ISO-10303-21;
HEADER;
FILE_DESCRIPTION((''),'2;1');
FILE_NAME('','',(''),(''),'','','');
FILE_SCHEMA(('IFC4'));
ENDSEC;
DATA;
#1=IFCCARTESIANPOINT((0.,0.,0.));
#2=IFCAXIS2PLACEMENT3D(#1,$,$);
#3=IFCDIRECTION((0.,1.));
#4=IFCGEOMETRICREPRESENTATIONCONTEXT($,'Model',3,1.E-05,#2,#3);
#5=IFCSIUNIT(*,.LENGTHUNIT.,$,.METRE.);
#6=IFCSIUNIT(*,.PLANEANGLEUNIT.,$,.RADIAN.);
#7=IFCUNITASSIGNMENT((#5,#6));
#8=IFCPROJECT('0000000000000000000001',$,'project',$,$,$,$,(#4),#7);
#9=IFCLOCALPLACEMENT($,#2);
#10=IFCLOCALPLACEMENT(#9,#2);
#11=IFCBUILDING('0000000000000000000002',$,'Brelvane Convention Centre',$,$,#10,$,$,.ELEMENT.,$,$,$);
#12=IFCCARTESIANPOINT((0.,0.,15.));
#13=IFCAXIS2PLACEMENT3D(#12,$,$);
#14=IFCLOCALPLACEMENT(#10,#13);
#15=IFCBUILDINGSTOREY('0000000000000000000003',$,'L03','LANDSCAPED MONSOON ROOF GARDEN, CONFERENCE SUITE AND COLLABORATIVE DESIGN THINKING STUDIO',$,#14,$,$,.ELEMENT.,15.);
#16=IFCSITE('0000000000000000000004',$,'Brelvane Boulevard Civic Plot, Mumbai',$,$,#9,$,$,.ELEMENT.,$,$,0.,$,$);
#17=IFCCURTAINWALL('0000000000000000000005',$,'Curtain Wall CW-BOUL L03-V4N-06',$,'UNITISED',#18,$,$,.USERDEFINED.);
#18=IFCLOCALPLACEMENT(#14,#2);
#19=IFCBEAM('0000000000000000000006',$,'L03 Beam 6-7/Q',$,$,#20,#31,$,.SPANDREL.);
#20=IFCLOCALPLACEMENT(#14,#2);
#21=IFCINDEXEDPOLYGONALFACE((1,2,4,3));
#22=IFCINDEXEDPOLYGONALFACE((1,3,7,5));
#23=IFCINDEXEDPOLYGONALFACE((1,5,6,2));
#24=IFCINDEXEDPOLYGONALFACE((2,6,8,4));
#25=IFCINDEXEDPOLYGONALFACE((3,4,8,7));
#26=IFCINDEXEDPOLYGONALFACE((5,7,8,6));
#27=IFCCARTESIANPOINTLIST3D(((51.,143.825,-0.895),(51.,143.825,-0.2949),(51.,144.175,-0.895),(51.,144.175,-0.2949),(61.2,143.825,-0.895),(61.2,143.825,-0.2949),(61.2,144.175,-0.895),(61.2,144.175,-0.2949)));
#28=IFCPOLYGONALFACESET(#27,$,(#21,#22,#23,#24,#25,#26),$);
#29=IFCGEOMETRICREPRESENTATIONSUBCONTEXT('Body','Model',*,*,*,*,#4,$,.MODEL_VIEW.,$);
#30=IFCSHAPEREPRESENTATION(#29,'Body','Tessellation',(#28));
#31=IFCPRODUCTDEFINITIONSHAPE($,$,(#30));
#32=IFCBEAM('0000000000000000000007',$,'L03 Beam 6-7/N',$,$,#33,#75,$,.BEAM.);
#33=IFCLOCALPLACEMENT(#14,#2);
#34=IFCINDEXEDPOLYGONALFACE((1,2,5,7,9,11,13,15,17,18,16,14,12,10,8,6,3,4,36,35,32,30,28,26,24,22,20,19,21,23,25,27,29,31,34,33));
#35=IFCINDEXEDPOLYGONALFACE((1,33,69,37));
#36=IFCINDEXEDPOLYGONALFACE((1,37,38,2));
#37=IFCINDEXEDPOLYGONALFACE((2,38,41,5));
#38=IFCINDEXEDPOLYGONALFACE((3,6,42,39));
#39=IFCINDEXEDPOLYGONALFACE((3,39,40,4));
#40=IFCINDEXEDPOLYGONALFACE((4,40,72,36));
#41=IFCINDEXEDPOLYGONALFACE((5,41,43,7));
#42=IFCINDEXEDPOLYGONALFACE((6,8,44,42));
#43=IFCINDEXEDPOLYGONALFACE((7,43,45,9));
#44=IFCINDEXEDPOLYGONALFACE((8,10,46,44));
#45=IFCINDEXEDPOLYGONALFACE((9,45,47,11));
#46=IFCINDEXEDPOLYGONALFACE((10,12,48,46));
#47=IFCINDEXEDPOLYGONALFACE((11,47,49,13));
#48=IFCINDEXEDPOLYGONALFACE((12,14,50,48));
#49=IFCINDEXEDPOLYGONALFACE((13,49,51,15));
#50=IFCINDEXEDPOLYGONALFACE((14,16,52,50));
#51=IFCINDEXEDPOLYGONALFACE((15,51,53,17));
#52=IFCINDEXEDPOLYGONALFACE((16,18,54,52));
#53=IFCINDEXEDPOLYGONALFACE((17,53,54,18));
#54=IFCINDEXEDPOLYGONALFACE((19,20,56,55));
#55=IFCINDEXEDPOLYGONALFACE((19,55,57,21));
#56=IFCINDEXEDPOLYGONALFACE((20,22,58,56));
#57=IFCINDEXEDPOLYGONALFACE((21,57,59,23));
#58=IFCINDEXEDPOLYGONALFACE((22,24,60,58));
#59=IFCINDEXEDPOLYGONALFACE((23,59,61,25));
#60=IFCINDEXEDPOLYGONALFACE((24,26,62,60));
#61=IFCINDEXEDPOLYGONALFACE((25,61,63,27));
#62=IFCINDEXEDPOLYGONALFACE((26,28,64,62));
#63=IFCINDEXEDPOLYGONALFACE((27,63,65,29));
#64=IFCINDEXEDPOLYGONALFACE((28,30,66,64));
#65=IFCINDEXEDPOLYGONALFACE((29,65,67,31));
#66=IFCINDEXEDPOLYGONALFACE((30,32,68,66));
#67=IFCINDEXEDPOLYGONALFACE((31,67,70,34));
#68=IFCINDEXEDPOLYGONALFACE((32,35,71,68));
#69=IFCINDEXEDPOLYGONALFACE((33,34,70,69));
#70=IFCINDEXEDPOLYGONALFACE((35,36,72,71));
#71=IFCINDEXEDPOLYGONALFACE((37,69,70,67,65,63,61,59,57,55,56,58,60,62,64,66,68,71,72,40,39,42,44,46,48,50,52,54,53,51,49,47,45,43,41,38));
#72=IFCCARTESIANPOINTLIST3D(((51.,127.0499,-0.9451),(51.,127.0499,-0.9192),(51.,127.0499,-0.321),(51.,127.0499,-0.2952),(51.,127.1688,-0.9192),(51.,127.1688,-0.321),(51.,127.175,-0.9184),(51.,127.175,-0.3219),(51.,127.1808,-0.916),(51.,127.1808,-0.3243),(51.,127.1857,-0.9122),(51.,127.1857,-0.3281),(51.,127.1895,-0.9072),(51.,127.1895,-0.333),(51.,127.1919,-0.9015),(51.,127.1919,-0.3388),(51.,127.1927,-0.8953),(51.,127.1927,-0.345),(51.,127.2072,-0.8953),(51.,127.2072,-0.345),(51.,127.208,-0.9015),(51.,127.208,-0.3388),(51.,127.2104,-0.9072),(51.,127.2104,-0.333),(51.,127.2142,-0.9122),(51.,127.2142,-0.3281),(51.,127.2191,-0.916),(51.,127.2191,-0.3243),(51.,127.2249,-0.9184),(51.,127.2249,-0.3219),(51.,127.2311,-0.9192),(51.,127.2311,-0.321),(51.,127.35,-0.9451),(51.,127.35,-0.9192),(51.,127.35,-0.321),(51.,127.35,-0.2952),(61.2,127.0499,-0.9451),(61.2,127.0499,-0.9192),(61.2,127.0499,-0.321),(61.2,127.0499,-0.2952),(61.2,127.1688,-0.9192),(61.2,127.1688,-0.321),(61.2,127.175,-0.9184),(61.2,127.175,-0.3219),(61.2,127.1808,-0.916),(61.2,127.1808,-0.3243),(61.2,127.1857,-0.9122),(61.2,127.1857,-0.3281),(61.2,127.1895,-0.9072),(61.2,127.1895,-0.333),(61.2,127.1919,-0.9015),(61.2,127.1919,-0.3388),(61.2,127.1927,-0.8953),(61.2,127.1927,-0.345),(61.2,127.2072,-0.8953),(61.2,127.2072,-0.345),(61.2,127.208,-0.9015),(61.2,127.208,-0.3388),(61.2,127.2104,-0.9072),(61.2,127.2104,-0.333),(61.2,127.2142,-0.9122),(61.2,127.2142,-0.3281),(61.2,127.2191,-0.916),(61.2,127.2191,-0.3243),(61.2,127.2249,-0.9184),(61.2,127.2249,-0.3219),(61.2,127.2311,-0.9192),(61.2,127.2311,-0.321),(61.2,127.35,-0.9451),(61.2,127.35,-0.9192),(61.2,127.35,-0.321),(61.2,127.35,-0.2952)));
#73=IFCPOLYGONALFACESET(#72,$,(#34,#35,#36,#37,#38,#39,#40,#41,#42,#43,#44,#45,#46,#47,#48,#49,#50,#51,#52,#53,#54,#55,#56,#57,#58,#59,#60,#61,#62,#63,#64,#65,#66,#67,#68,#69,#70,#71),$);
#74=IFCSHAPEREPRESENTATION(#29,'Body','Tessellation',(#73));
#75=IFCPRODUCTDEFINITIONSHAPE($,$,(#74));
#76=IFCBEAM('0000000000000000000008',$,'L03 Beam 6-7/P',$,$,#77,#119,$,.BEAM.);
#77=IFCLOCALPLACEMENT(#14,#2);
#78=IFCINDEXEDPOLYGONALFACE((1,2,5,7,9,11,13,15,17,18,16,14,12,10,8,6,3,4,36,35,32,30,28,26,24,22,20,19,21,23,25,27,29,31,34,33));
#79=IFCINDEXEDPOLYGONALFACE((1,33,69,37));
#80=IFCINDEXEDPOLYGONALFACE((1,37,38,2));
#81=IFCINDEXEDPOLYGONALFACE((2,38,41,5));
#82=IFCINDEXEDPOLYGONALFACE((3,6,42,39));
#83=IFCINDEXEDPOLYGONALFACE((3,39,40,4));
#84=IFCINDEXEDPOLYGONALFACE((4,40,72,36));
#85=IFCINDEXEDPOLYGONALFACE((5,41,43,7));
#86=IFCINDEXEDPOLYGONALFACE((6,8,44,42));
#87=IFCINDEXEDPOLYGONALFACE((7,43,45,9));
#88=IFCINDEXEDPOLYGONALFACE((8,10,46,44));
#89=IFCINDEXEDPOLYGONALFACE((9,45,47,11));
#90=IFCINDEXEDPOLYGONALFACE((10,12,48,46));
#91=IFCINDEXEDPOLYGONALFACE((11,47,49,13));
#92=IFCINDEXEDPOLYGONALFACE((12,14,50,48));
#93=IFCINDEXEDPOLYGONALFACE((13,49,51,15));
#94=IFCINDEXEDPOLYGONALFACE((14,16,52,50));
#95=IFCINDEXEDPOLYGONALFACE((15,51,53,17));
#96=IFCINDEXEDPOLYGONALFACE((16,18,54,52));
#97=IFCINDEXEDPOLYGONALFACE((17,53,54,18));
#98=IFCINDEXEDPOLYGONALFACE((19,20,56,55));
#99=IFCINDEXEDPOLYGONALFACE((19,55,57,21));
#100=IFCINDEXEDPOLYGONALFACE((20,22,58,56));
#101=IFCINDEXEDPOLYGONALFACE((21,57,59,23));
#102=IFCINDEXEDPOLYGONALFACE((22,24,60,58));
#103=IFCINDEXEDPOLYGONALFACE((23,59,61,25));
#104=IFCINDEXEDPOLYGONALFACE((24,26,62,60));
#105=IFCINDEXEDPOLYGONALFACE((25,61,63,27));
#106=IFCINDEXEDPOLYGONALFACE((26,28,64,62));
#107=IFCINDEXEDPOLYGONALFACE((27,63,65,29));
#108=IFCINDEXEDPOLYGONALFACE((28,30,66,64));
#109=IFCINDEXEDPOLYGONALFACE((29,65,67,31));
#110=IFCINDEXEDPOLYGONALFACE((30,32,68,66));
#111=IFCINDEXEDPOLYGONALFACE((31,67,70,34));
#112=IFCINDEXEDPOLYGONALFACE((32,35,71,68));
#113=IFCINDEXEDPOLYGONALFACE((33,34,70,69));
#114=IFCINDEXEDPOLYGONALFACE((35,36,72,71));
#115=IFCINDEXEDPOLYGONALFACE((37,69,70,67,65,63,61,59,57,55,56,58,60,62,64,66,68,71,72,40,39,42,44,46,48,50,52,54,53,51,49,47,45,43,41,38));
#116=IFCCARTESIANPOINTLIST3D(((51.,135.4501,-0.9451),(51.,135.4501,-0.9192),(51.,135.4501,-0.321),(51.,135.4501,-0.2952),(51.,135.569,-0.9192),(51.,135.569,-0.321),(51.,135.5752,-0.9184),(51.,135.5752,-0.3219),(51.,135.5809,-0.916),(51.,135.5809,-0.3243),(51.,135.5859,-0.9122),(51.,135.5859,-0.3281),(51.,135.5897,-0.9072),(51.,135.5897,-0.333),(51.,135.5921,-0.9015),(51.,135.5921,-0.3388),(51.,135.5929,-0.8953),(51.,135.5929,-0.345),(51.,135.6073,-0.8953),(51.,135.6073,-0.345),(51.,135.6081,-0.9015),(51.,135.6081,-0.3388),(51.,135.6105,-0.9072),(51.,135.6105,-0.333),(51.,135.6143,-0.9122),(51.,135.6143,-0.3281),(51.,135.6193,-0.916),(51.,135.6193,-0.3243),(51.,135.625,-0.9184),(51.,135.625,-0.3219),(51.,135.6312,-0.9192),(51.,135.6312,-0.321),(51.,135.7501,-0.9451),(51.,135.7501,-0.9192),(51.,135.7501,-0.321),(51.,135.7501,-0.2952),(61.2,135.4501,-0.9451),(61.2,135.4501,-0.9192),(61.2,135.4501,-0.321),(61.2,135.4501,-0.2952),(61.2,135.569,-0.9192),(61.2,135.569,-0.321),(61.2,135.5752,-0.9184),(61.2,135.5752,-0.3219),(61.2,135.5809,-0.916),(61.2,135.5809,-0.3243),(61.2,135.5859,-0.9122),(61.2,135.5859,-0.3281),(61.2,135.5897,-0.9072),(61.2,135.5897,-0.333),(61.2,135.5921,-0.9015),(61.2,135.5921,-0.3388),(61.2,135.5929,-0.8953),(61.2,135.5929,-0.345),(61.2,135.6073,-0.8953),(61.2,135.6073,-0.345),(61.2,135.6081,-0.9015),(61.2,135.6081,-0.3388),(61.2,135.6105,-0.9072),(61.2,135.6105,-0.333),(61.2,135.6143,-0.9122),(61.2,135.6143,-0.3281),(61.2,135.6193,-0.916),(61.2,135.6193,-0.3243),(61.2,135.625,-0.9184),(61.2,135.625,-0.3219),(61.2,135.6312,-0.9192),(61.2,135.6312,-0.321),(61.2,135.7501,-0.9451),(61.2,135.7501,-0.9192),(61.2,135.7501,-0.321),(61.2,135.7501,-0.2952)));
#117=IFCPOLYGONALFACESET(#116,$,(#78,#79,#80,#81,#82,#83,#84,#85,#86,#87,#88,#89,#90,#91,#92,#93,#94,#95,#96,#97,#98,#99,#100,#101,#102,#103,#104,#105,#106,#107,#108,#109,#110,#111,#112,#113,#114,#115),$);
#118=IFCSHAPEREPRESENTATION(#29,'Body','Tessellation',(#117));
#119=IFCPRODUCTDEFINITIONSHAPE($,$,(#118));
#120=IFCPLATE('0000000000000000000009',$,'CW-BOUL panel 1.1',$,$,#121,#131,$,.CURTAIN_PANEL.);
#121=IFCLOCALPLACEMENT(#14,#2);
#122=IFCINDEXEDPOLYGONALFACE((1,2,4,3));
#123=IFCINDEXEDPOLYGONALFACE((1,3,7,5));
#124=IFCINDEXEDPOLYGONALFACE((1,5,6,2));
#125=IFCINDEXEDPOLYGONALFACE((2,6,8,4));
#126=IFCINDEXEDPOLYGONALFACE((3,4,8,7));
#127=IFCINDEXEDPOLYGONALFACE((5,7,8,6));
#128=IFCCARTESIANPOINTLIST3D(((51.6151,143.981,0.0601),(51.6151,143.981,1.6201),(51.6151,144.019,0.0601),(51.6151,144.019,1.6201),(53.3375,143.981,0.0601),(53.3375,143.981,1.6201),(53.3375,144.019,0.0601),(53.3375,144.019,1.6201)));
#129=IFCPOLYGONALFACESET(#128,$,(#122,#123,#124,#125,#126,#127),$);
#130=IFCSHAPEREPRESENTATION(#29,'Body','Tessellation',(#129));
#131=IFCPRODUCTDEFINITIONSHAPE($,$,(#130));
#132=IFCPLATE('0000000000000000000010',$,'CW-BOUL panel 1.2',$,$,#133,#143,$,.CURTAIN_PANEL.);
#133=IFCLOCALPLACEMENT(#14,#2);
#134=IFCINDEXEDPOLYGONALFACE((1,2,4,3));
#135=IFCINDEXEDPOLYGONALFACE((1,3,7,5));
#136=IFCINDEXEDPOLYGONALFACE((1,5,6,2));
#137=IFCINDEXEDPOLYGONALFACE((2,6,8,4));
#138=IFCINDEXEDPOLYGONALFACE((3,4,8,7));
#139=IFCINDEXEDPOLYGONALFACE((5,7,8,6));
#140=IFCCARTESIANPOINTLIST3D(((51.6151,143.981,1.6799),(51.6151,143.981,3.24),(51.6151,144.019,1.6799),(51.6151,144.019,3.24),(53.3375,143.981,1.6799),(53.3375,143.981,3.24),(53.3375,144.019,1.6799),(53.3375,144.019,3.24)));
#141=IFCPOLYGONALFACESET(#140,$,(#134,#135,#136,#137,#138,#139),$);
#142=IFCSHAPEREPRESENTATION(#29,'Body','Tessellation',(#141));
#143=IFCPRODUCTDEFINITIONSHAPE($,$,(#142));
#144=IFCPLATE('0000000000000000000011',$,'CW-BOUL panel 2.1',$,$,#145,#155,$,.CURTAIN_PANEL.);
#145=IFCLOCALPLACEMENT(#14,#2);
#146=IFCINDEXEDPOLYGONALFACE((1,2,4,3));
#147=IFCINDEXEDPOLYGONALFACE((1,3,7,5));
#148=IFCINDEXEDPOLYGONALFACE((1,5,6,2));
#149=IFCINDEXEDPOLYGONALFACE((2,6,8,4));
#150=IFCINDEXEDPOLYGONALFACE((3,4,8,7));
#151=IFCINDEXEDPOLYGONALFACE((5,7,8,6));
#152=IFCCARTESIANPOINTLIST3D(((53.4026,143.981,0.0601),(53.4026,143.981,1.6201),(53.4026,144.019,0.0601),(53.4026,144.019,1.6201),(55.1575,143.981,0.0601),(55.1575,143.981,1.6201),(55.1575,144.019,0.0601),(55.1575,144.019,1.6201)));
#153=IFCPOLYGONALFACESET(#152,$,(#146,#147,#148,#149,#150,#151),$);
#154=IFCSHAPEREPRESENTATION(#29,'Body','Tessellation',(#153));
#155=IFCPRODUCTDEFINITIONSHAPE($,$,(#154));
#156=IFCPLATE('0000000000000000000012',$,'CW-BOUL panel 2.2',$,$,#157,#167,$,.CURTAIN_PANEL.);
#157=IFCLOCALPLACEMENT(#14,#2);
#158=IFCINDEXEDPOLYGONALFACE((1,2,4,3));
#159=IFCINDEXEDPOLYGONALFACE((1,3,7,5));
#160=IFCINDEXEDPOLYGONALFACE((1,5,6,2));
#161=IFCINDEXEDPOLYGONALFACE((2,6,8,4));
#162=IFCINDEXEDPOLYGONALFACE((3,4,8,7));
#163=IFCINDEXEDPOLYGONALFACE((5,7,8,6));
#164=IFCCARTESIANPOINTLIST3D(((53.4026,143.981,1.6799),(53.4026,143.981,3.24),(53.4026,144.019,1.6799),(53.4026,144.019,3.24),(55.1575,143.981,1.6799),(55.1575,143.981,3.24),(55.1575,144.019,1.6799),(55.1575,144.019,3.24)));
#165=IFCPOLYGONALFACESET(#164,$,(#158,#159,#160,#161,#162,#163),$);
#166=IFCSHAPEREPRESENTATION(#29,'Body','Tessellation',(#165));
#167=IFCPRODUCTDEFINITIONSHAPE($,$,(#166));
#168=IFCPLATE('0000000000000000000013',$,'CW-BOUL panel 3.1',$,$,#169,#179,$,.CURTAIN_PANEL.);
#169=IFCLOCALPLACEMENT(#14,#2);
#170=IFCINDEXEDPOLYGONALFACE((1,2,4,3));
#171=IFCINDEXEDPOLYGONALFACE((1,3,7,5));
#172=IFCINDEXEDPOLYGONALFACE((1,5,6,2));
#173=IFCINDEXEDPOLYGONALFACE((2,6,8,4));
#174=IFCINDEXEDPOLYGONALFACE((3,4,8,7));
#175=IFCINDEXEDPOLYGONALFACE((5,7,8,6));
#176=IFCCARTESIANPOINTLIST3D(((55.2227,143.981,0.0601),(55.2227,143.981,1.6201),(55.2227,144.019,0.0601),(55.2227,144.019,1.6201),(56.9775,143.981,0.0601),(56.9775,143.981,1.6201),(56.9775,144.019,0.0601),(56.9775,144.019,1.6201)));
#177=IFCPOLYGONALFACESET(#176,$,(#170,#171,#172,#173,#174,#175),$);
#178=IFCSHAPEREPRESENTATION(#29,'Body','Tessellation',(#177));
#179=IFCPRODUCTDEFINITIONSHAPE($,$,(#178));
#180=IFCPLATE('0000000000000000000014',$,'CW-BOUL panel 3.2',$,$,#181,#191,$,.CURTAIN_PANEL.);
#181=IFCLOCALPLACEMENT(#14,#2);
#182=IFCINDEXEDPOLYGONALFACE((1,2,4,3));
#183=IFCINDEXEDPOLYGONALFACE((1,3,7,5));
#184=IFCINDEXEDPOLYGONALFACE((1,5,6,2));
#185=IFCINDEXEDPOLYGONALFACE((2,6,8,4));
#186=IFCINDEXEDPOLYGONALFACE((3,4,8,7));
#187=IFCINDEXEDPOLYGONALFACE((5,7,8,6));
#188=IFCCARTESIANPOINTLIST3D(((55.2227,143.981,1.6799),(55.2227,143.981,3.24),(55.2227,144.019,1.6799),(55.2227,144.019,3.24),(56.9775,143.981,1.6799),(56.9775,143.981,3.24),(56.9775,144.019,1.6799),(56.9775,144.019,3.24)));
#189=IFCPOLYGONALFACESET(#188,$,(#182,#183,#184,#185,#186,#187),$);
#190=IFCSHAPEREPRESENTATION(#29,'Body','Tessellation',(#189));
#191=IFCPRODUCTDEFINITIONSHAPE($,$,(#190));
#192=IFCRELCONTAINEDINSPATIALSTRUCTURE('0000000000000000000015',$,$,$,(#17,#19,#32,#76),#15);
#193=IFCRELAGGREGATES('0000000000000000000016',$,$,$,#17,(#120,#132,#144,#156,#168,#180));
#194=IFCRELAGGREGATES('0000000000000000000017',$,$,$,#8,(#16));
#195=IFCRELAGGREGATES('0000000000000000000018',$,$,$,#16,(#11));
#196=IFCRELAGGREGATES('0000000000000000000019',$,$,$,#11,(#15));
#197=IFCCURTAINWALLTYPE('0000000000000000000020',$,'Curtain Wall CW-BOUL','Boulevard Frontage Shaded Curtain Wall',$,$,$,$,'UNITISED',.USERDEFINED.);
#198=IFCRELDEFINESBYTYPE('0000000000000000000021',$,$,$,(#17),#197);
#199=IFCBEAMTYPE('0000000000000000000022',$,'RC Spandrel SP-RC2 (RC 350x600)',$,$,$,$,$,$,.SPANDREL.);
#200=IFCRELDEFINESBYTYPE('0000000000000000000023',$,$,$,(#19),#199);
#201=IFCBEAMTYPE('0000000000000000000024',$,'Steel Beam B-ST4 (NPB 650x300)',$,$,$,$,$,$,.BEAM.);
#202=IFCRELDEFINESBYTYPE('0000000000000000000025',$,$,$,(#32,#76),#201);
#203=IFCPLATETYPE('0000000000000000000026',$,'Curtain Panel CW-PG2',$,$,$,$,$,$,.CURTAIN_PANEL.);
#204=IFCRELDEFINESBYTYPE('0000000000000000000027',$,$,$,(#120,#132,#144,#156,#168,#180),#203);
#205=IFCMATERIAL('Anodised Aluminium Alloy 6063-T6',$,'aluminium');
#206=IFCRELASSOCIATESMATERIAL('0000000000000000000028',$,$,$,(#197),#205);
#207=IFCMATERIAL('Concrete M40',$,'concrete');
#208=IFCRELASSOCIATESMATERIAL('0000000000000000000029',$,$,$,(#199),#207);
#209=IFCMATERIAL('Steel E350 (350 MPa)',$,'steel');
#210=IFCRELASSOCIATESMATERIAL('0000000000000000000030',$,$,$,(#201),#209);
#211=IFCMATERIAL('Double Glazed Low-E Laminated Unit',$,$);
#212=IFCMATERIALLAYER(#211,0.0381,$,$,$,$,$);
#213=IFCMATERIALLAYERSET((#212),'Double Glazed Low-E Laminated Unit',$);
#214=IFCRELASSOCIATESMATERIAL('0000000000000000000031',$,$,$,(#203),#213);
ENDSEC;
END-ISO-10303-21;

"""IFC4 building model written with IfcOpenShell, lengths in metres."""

from ifc_helpers import new_model, si_unit, direction, frame, origin, origin_2d, place, context, subcontext, project, spatial, rectangle, i_section, extrude, material, layer, layer_set, material_profile, profile_set, type_object, element, aggregate, save


model = new_model("IFC4")

# Units and contexts
model_context = context("Model", 3, precision=1e-05, world=origin(), true_north=direction((0.0, 1.0)))
body_context = subcontext(model_context, "Body", "Model", "MODEL_VIEW")
ifc_project = project(units=[si_unit("LENGTHUNIT", "METRE"), si_unit("PLANEANGLEUNIT", "RADIAN")], contexts=[model_context])

# Site, building, storey
site_placement = place(None, origin())
site = spatial("IfcSite", under=ifc_project, at=site_placement, Name="Brelvane Boulevard Civic Plot, Mumbai", CompositionType="ELEMENT", RefElevation=0.0)
building_placement = place(site_placement, origin())
building = spatial("IfcBuilding", under=site, at=building_placement, Name="Brelvane Convention Centre", CompositionType="ELEMENT")
storey_placement = place(building_placement, frame((0.0, 0.0, 15.0)))
storey = spatial("IfcBuildingStorey", under=building, at=storey_placement, Name="L03", Description="LANDSCAPED MONSOON ROOF GARDEN, CONFERENCE SUITE AND COLLABORATIVE DESIGN THINKING STUDIO", CompositionType="ELEMENT", Elevation=15.0)

# Curtain wall
ifc_material_1 = material(Name="Anodised Aluminium Alloy 6063-T6", Category="aluminium")
curtain_wall_type = type_object("IfcCurtainWallType", Name="Curtain Wall CW-BOUL", Description="Boulevard Frontage Shaded Curtain Wall", ElementType="UNITISED", PredefinedType="USERDEFINED", material=ifc_material_1)
curtain_wall_placement = place(storey_placement, origin())
curtain_wall = element("IfcCurtainWall", 1, at=curtain_wall_placement, inside=storey, type_object=curtain_wall_type, Name="Curtain Wall CW-BOUL L03-V4N-06", ObjectType="UNITISED", PredefinedType="USERDEFINED")

# Beams
ifc_material_2 = material(Name="Concrete M40", Category="concrete")
ifc_material_profile_1 = material_profile(ifc_material_2, rectangle(XDim=0.3501, YDim=0.6001, at=origin_2d()), Name="RC 350x600")
ifc_profile_set_1 = profile_set([ifc_material_profile_1], Name="Concrete M40")
beam_type_1 = type_object("IfcBeamType", Name="RC Spandrel SP-RC2 (RC 350x600)", PredefinedType="SPANDREL", material=ifc_profile_set_1)
beam_1_placement = place(storey_placement, frame((51.0, 144.0, -0.595), z_axis=(1.0, 0.0, 0.0), x_axis=(0.0, 1.0, 0.0)))
element("IfcBeam", 2, at=beam_1_placement, inside=storey, type_object=beam_type_1, Name="L03 Beam 6-7/Q", PredefinedType="SPANDREL", context=body_context, shape_type="SweptSolid", body=[
    extrude(rectangle(XDim=0.3501, YDim=0.6001, at=origin_2d()), origin(), (0.0, 0.0, 1.0), 10.2),
])
ifc_material_3 = material(Name="Steel E350 (350 MPa)", Category="steel")
ifc_material_profile_2 = material_profile(ifc_material_3, i_section(OverallWidth=0.3, OverallDepth=0.6499, WebThickness=0.0144, FlangeThickness=0.0259, FilletRadius=0.0239, at=origin_2d()), Name="NPB 650x300")
ifc_profile_set_2 = profile_set([ifc_material_profile_2], Name="Steel E350 (350 MPa)")
beam_type_2 = type_object("IfcBeamType", Name="Steel Beam B-ST4 (NPB 650x300)", PredefinedType="BEAM", material=ifc_profile_set_2)
for number, where, z_axis, x_axis, name in (
    (3, (51.0, 127.2, -0.6201), (1.0, 0.0, 0.0), (0.0, 1.0, 0.0), "L03 Beam 6-7/N"),
    (4, (51.0, 135.6001, -0.6201), (1.0, 0.0, 0.0), (0.0, 1.0, 0.0), "L03 Beam 6-7/P"),
):
    element("IfcBeam", number, at=place(storey_placement, frame(where, z_axis=z_axis, x_axis=x_axis)), inside=storey, type_object=beam_type_2, Name=name, PredefinedType="BEAM", context=body_context, shape_type="SweptSolid", body=[
        extrude(i_section(OverallWidth=0.3, OverallDepth=0.6499, WebThickness=0.0144, FlangeThickness=0.0259, FilletRadius=0.0239, at=origin_2d()), origin(), (0.0, 0.0, 1.0), 10.2),
    ])

# Plates
ifc_material_4 = material(Name="Double Glazed Low-E Laminated Unit")
ifc_layer_1 = layer(ifc_material_4, 0.0381)
ifc_layer_set_1 = layer_set([ifc_layer_1], Name="Double Glazed Low-E Laminated Unit")
plate_type_1 = type_object("IfcPlateType", Name="Curtain Panel CW-PG2", PredefinedType="CURTAIN_PANEL", material=ifc_layer_set_1)
plate_1_placement = place(storey_placement, frame((52.4763, 144.0, 0.0601), z_axis=(0.0, 0.0, 1.0), x_axis=(1.0, 0.0, 0.0)))
plate_1 = element("IfcPlate", 5, at=plate_1_placement, type_object=plate_type_1, Name="CW-BOUL panel 1.1", PredefinedType="CURTAIN_PANEL", context=body_context, shape_type="SweptSolid", body=[
    extrude(rectangle(XDim=1.7224, YDim=0.0381, at=origin_2d()), origin(), (0.0, 0.0, 1.0), 1.5601),
])
plate_2_placement = place(storey_placement, frame((52.4763, 144.0, 1.6799), z_axis=(0.0, 0.0, 1.0), x_axis=(1.0, 0.0, 0.0)))
plate_2 = element("IfcPlate", 6, at=plate_2_placement, type_object=plate_type_1, Name="CW-BOUL panel 1.2", PredefinedType="CURTAIN_PANEL", context=body_context, shape_type="SweptSolid", body=[
    extrude(rectangle(XDim=1.7224, YDim=0.0381, at=origin_2d()), origin(), (0.0, 0.0, 1.0), 1.5601),
])
plate_3_placement = place(storey_placement, frame((54.28, 144.0, 0.0601), z_axis=(0.0, 0.0, 1.0), x_axis=(1.0, 0.0, 0.0)))
plate_3 = element("IfcPlate", 7, at=plate_3_placement, type_object=plate_type_1, Name="CW-BOUL panel 2.1", PredefinedType="CURTAIN_PANEL", context=body_context, shape_type="SweptSolid", body=[
    extrude(rectangle(XDim=1.7549, YDim=0.0381, at=origin_2d()), origin(), (0.0, 0.0, 1.0), 1.5601),
])
plate_4_placement = place(storey_placement, frame((54.28, 144.0, 1.6799), z_axis=(0.0, 0.0, 1.0), x_axis=(1.0, 0.0, 0.0)))
plate_4 = element("IfcPlate", 8, at=plate_4_placement, type_object=plate_type_1, Name="CW-BOUL panel 2.2", PredefinedType="CURTAIN_PANEL", context=body_context, shape_type="SweptSolid", body=[
    extrude(rectangle(XDim=1.7549, YDim=0.0381, at=origin_2d()), origin(), (0.0, 0.0, 1.0), 1.5601),
])
plate_5_placement = place(storey_placement, frame((56.1001, 144.0, 0.0601), z_axis=(0.0, 0.0, 1.0), x_axis=(1.0, 0.0, 0.0)))
plate_5 = element("IfcPlate", 9, at=plate_5_placement, type_object=plate_type_1, Name="CW-BOUL panel 3.1", PredefinedType="CURTAIN_PANEL", context=body_context, shape_type="SweptSolid", body=[
    extrude(rectangle(XDim=1.7549, YDim=0.0381, at=origin_2d()), origin(), (0.0, 0.0, 1.0), 1.5601),
])
plate_6_placement = place(storey_placement, frame((56.1001, 144.0, 1.6799), z_axis=(0.0, 0.0, 1.0), x_axis=(1.0, 0.0, 0.0)))
plate_6 = element("IfcPlate", 10, at=plate_6_placement, type_object=plate_type_1, Name="CW-BOUL panel 3.2", PredefinedType="CURTAIN_PANEL", context=body_context, shape_type="SweptSolid", body=[
    extrude(rectangle(XDim=1.7549, YDim=0.0381, at=origin_2d()), origin(), (0.0, 0.0, 1.0), 1.5601),
])
aggregate(curtain_wall, [plate_1, plate_2, plate_3, plate_4, plate_5, plate_6])

save(model, "model.ifc")
